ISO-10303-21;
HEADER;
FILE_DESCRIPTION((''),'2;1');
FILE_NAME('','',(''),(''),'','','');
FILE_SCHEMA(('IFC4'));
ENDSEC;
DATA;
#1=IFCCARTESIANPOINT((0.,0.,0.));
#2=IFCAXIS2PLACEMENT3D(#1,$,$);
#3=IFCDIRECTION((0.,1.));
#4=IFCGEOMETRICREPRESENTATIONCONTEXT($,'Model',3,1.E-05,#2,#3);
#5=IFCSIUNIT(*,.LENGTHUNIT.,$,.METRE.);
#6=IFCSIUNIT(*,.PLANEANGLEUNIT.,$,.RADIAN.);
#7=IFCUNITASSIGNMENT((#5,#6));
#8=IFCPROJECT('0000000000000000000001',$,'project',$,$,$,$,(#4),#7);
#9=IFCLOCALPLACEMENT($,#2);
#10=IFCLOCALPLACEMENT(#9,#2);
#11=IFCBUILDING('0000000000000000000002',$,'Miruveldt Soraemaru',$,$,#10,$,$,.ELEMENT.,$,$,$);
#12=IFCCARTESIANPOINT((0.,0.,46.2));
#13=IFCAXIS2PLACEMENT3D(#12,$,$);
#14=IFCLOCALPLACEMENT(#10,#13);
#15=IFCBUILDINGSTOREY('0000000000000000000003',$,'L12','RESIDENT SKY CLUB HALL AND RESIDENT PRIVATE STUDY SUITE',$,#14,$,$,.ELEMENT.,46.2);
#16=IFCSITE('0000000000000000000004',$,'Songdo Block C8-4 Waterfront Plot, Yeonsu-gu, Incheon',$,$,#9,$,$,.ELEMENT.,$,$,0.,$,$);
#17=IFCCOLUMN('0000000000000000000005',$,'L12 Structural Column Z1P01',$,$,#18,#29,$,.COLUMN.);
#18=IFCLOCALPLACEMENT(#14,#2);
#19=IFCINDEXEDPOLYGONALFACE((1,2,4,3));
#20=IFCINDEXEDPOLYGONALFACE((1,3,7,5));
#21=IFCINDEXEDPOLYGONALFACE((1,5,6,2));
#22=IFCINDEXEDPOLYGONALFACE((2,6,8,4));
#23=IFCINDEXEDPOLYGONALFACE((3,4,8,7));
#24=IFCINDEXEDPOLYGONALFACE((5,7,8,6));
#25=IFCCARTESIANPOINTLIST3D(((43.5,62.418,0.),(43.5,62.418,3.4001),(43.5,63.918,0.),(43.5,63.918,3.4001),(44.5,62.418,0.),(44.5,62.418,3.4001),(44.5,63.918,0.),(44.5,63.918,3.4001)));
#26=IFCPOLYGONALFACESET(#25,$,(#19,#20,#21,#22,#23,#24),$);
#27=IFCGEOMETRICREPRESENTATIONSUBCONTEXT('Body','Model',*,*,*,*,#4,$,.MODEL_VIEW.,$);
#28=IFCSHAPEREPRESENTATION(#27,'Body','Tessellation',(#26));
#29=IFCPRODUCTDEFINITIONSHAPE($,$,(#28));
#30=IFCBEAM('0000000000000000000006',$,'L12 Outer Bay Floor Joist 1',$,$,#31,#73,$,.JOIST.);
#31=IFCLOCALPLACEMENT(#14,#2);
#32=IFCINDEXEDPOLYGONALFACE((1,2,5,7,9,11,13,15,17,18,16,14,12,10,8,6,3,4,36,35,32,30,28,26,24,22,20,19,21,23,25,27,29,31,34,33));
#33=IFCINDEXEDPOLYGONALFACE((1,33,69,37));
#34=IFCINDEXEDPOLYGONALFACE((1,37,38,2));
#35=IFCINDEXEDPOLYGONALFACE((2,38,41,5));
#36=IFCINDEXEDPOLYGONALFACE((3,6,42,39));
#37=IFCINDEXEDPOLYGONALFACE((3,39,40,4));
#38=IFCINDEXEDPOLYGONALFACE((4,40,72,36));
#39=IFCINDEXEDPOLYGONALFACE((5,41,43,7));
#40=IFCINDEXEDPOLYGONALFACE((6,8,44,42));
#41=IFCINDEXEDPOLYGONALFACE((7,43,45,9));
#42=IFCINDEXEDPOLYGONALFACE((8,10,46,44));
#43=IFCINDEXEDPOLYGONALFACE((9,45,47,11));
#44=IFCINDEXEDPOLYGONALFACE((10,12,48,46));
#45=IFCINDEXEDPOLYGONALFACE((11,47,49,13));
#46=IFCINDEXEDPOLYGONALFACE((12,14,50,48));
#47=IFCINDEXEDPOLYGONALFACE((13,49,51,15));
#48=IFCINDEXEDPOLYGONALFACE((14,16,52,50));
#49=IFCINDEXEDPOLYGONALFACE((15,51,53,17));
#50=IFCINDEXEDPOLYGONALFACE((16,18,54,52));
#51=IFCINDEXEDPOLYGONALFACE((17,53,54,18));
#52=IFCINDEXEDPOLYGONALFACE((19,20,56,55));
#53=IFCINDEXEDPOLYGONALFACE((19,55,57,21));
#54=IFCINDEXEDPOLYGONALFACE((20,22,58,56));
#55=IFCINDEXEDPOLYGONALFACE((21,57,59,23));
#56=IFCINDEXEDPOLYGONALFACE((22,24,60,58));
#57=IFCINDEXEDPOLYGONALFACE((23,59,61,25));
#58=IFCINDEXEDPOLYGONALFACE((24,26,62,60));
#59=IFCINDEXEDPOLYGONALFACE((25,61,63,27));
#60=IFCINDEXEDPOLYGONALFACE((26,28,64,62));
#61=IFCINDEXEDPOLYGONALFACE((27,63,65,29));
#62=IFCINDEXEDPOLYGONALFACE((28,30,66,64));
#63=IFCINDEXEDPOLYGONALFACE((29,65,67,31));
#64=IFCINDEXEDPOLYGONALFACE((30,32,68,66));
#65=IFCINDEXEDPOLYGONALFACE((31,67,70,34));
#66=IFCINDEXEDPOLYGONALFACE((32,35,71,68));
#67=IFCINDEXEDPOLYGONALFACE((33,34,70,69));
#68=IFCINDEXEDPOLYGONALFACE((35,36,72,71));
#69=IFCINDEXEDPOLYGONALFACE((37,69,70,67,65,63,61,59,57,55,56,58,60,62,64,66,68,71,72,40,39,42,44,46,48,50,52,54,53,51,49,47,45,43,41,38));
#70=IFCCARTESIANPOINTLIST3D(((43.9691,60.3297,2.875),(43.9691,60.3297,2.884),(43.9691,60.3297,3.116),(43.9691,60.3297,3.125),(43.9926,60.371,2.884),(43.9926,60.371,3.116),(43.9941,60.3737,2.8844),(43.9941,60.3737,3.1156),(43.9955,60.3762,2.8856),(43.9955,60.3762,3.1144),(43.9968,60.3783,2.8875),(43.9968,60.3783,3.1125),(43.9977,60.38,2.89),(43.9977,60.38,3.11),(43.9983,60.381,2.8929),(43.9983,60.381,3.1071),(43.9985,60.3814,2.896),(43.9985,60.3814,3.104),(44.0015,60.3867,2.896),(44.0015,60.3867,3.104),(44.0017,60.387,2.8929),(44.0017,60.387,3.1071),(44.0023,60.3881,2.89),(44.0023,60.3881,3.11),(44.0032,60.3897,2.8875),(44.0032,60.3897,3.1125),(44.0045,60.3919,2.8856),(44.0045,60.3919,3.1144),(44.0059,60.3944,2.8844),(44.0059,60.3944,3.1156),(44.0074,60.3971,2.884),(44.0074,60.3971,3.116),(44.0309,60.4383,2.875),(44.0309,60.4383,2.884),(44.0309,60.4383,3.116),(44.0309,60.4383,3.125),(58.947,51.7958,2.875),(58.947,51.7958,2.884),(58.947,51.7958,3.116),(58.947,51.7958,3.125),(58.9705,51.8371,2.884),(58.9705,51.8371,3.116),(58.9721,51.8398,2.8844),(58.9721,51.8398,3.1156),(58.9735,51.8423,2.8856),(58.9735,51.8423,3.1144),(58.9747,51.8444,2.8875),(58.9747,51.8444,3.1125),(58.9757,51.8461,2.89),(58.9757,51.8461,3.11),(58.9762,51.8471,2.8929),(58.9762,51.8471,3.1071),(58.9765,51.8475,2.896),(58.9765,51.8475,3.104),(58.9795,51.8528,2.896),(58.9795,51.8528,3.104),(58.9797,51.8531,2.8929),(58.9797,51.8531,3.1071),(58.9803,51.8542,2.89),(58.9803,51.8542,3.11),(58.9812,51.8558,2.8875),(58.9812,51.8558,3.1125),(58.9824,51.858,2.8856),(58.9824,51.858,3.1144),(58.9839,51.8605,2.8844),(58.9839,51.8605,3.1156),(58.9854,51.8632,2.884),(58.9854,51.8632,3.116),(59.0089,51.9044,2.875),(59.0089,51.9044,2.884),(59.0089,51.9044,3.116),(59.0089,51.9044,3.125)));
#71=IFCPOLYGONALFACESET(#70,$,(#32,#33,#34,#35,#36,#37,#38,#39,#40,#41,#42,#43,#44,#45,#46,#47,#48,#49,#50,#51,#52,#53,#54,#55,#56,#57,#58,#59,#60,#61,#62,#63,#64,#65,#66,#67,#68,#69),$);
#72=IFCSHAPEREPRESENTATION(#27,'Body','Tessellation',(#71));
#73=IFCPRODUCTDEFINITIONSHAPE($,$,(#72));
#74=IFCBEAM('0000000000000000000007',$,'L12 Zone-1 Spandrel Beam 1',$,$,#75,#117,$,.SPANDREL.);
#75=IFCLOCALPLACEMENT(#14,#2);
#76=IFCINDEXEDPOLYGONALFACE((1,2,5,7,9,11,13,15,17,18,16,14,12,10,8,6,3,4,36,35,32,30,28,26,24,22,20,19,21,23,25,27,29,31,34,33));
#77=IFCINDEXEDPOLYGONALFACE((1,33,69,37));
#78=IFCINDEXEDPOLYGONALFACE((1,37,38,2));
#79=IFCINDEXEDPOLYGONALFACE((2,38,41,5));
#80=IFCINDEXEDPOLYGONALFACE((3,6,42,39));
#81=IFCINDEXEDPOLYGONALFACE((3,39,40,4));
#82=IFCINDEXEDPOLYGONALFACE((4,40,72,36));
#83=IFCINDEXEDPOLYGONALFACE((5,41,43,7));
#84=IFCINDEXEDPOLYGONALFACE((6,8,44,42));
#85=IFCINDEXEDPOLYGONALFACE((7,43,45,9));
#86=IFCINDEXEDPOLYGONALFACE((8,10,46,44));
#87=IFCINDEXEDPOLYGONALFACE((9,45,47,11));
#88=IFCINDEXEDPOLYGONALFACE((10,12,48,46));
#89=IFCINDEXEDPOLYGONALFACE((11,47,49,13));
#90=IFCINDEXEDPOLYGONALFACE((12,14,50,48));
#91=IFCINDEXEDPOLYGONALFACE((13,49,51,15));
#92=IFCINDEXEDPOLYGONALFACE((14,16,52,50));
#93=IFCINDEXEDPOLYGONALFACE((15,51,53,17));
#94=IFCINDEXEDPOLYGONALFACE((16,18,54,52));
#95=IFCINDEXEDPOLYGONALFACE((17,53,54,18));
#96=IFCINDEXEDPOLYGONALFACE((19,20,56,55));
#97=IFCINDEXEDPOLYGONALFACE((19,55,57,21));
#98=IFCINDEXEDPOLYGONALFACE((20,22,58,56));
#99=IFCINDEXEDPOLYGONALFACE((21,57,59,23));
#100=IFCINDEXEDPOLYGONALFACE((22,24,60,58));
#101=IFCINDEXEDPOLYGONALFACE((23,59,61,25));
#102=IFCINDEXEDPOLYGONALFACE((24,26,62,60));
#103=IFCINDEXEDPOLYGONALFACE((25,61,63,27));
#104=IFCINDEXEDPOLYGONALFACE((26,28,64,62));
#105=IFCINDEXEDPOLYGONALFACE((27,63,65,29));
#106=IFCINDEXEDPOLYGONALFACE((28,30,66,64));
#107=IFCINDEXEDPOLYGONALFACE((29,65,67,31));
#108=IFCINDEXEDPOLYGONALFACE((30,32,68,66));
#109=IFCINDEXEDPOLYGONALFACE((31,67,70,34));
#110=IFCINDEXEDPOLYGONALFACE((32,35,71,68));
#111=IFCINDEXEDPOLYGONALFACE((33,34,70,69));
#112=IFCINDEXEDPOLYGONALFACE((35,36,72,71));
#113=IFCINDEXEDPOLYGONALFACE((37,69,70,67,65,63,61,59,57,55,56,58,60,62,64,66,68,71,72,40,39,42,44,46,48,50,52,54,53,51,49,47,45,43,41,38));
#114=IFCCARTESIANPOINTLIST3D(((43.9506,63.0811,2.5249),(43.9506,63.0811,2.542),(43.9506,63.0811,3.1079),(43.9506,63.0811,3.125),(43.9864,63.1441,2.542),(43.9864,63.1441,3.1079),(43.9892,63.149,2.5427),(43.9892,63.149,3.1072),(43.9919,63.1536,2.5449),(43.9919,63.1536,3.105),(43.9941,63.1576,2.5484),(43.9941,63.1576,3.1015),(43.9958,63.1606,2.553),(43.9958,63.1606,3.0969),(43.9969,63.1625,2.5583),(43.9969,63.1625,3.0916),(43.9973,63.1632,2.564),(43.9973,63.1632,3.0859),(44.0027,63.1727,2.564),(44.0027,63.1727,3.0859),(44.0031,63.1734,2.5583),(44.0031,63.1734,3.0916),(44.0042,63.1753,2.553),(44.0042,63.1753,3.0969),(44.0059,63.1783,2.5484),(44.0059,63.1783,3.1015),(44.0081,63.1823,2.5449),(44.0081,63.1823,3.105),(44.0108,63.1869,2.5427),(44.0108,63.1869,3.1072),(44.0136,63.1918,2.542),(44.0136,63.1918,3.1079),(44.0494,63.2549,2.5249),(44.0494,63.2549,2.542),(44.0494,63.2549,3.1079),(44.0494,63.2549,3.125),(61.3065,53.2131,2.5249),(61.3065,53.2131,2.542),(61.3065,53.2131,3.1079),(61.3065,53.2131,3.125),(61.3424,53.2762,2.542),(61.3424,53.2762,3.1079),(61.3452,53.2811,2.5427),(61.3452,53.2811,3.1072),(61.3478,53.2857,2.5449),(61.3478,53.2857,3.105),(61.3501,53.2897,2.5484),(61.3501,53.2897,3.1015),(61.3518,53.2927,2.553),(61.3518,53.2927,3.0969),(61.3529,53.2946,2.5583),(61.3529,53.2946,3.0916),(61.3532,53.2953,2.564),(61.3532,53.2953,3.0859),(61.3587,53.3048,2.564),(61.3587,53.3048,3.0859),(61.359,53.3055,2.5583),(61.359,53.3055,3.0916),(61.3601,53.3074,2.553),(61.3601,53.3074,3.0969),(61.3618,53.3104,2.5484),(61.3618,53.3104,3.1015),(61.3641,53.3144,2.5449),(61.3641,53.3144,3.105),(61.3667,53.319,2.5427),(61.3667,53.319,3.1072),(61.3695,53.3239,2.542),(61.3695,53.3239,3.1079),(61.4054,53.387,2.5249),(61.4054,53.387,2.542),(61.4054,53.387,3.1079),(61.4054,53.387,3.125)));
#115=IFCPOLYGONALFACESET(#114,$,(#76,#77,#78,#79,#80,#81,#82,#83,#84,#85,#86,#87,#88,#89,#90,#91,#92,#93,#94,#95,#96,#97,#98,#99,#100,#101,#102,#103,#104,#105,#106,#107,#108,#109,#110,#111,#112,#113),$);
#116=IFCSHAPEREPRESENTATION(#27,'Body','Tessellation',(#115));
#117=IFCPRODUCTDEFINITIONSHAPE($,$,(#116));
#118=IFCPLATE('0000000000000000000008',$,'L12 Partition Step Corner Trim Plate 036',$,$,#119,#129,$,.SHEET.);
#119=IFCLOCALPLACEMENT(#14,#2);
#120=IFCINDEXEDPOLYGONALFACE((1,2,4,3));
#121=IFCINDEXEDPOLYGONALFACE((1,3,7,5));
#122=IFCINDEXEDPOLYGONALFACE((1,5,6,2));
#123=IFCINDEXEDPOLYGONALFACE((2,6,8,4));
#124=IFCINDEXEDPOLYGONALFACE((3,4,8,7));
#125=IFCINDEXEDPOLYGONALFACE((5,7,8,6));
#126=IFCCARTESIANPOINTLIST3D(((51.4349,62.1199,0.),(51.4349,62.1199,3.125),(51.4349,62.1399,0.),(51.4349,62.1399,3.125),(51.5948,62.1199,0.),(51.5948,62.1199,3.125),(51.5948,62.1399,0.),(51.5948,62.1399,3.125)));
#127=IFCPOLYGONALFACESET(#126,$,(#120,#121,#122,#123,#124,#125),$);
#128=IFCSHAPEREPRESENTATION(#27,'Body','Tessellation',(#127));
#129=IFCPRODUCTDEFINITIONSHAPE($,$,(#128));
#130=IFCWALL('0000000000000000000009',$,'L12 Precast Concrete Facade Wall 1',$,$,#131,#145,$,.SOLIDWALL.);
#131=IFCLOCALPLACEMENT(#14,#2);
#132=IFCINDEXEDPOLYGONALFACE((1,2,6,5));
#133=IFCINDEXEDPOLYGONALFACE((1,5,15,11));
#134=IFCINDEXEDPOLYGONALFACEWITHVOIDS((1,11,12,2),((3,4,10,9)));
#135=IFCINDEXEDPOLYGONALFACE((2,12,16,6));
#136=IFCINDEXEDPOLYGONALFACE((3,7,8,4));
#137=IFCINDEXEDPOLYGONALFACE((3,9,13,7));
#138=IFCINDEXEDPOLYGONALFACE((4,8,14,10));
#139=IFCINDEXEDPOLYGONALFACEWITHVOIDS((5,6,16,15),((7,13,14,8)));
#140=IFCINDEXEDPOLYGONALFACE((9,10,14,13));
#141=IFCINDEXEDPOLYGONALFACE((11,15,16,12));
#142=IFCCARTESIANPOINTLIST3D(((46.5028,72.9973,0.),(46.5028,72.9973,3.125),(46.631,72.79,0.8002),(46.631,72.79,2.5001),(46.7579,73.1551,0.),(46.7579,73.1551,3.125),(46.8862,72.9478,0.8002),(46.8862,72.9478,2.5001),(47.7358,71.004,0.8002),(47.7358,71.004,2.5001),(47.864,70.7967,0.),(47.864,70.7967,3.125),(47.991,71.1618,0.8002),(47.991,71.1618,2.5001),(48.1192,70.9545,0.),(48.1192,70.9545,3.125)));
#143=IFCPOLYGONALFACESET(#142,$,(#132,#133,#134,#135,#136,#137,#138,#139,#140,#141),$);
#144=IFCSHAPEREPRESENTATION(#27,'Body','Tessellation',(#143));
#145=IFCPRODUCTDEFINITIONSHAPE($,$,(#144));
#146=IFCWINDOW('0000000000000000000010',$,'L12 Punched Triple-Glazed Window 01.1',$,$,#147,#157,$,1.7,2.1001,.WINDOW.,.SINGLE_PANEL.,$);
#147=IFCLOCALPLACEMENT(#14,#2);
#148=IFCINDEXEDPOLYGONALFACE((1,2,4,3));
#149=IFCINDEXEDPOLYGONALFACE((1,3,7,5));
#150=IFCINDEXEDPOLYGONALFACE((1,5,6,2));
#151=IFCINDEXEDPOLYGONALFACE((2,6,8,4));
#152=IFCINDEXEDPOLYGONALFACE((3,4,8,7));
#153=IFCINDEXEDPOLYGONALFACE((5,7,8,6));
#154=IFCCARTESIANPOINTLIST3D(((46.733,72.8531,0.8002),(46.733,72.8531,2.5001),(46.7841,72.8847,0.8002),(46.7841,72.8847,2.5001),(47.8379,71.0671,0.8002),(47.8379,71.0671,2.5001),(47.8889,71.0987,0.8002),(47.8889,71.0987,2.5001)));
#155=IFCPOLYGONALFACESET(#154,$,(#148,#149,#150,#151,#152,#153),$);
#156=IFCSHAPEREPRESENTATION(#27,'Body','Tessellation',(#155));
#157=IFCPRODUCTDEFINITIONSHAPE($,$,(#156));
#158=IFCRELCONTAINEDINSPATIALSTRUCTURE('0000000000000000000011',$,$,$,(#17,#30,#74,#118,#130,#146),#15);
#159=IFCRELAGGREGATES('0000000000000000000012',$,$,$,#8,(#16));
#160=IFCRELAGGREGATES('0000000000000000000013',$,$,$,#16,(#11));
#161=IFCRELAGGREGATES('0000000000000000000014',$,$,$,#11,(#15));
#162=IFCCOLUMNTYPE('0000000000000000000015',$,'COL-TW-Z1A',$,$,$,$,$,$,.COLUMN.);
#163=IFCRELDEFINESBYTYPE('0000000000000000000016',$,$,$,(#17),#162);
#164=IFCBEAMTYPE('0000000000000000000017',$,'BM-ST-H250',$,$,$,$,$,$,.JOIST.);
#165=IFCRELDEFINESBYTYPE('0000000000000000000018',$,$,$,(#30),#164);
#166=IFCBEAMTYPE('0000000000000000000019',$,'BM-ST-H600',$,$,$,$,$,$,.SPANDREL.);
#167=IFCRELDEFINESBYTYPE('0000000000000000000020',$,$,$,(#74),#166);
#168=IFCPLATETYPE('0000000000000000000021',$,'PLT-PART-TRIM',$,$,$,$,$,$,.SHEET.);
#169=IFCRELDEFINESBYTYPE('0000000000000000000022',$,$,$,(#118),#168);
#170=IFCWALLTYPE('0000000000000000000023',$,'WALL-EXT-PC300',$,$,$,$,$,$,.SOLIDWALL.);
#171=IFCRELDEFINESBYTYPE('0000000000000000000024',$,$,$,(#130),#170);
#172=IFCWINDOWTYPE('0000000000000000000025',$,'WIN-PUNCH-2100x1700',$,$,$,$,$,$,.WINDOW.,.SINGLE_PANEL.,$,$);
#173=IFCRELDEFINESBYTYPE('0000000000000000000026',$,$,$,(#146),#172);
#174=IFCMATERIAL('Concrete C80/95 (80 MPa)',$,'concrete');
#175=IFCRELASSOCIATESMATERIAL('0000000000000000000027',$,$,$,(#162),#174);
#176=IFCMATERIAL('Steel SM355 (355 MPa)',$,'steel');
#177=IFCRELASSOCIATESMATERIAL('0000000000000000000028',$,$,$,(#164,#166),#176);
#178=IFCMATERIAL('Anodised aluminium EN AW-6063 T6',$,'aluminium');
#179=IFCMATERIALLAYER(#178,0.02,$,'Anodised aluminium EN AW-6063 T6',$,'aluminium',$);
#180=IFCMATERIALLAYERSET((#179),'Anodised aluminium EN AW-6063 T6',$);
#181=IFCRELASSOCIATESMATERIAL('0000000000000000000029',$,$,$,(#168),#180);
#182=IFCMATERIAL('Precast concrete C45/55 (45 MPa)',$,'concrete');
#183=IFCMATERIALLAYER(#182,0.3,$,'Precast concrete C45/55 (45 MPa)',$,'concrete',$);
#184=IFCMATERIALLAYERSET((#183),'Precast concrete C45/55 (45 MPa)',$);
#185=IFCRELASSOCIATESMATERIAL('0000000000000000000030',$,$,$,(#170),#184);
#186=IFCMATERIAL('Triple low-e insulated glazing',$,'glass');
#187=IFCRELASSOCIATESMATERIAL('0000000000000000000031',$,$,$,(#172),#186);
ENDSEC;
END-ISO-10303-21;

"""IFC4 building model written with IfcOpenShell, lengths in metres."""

from ifc_helpers import new_model, si_unit, direction, frame, frame_2d, origin, origin_2d, place, context, subcontext, project, spatial, rectangle, i_section, extrude, material, layer, layer_set, material_profile, profile_set, type_object, element, fill, save


model = new_model("IFC4")

# Units and contexts
model_context = context("Model", 3, precision=1e-05, world=origin(), true_north=direction((0.0, 1.0)))
body_context = subcontext(model_context, "Body", "Model", "MODEL_VIEW")
ifc_project = project(units=[si_unit("LENGTHUNIT", "METRE"), si_unit("PLANEANGLEUNIT", "RADIAN")], contexts=[model_context])

# Site, building, storey
site_placement = place(None, origin())
site = spatial("IfcSite", under=ifc_project, at=site_placement, Name="Songdo Block C8-4 Waterfront Plot, Yeonsu-gu, Incheon", CompositionType="ELEMENT", RefElevation=0.0)
building_placement = place(site_placement, origin())
building = spatial("IfcBuilding", under=site, at=building_placement, Name="Miruveldt Soraemaru", CompositionType="ELEMENT")
storey_placement = place(building_placement, frame((0.0, 0.0, 46.2)))
storey = spatial("IfcBuildingStorey", under=building, at=storey_placement, Name="L12", Description="RESIDENT SKY CLUB HALL AND RESIDENT PRIVATE STUDY SUITE", CompositionType="ELEMENT", Elevation=46.2)

# Column
ifc_material_1 = material(Name="Concrete C80/95 (80 MPa)", Category="concrete")
ifc_material_profile_1 = material_profile(ifc_material_1, rectangle(XDim=1.5, YDim=1.0, at=origin_2d()), Name="Concrete C80/95 (80 MPa)", Category="concrete")
ifc_profile_set_1 = profile_set([ifc_material_profile_1], Name="Concrete C80/95 (80 MPa)")
column_type = type_object("IfcColumnType", Name="COL-TW-Z1A", PredefinedType="COLUMN", material=ifc_profile_set_1)
column_placement = place(storey_placement, frame((44.0, 63.168, 0.0), z_axis=(0.0, 0.0, 1.0), x_axis=(0.0, 1.0, 0.0)))
element("IfcColumn", 1, at=column_placement, inside=storey, type_object=column_type, Name="L12 Structural Column Z1P01", PredefinedType="COLUMN", context=body_context, shape_type="SweptSolid", body=[
    extrude(rectangle(XDim=1.5, YDim=1.0, at=origin_2d()), origin(), (0.0, 0.0, 1.0), 3.4001),
])

# Beams
ifc_material_2 = material(Name="Steel SM355 (355 MPa)", Category="steel")
ifc_material_profile_2 = material_profile(ifc_material_2, i_section(OverallWidth=0.125, OverallDepth=0.25, WebThickness=0.0061, FlangeThickness=0.009, FilletRadius=0.012, at=origin_2d()), Name="Steel SM355 (355 MPa)", Category="steel")
ifc_profile_set_2 = profile_set([ifc_material_profile_2], Name="Steel SM355 (355 MPa)")
beam_type_1 = type_object("IfcBeamType", Name="BM-ST-H250", PredefinedType="JOIST", material=ifc_profile_set_2)
beam_1_placement = place(storey_placement, frame((44.0, 60.384, 3.0), z_axis=(0.868866, -0.495048, 0.0), x_axis=(0.495048, 0.868866, 0.0)))
element("IfcBeam", 2, at=beam_1_placement, inside=storey, type_object=beam_type_1, Name="L12 Outer Bay Floor Joist 1", PredefinedType="JOIST", context=body_context, shape_type="SweptSolid", body=[
    extrude(i_section(OverallWidth=0.125, OverallDepth=0.25, WebThickness=0.0061, FlangeThickness=0.009, FilletRadius=0.012, at=origin_2d()), origin(), (0.0, 0.0, 1.0), 17.2385),
])
ifc_material_profile_3 = material_profile(ifc_material_2, i_section(OverallWidth=0.2, OverallDepth=0.6001, WebThickness=0.011, FlangeThickness=0.0171, FilletRadius=0.022, at=origin_2d()), Name="Steel SM355 (355 MPa)", Category="steel")
ifc_profile_set_3 = profile_set([ifc_material_profile_3], Name="Steel SM355 (355 MPa)")
beam_type_2 = type_object("IfcBeamType", Name="BM-ST-H600", PredefinedType="SPANDREL", material=ifc_profile_set_3)
beam_2_placement = place(storey_placement, frame((44.0, 63.168, 2.825), z_axis=(0.869315, -0.494259, 0.0), x_axis=(0.494259, 0.869315, 0.0)))
element("IfcBeam", 3, at=beam_2_placement, inside=storey, type_object=beam_type_2, Name="L12 Zone-1 Spandrel Beam 1", PredefinedType="SPANDREL", context=body_context, shape_type="SweptSolid", body=[
    extrude(i_section(OverallWidth=0.2, OverallDepth=0.6001, WebThickness=0.011, FlangeThickness=0.0171, FilletRadius=0.022, at=origin_2d()), origin(), (0.0, 0.0, 1.0), 19.9651),
])

# Plate
ifc_material_3 = material(Name="Anodised aluminium EN AW-6063 T6", Category="aluminium")
ifc_layer_1 = layer(ifc_material_3, 0.02, Name="Anodised aluminium EN AW-6063 T6", Category="aluminium")
ifc_layer_set_1 = layer_set([ifc_layer_1], Name="Anodised aluminium EN AW-6063 T6")
plate_type = type_object("IfcPlateType", Name="PLT-PART-TRIM", PredefinedType="SHEET", material=ifc_layer_set_1)
plate_placement = place(storey_placement, frame((51.5149, 62.1299, 0.0), z_axis=(0.0, 0.0, 1.0), x_axis=(-1.0, 0.0, 0.0)))
element("IfcPlate", 4, at=plate_placement, inside=storey, type_object=plate_type, Name="L12 Partition Step Corner Trim Plate 036", PredefinedType="SHEET", context=body_context, shape_type="SweptSolid", body=[
    extrude(rectangle(XDim=0.1599, YDim=0.02, at=origin_2d()), origin(), (0.0, 0.0, 1.0), 3.125),
])

# Wall, opening, window
ifc_material_4 = material(Name="Precast concrete C45/55 (45 MPa)", Category="concrete")
ifc_layer_2 = layer(ifc_material_4, 0.3, Name="Precast concrete C45/55 (45 MPa)", Category="concrete")
ifc_layer_set_2 = layer_set([ifc_layer_2], Name="Precast concrete C45/55 (45 MPa)")
wall_type_1 = type_object("IfcWallType", Name="WALL-EXT-PC300", PredefinedType="SOLIDWALL", material=ifc_layer_set_2)
wall_1_placement = place(storey_placement, frame((47.9917, 70.8755, 0.0), z_axis=(0.0, 0.0, 1.0), x_axis=(-0.526075, 0.850438, 0.0)))
wall_1 = element("IfcWall", 5, at=wall_1_placement, inside=storey, type_object=wall_type_1, Name="L12 Precast Concrete Facade Wall 1", PredefinedType="SOLIDWALL", context=body_context, shape_type="SweptSolid", body=[
    extrude(rectangle(XDim=2.5876, YDim=0.3, at=frame_2d((1.2939, 0.0))), origin(), (0.0, 0.0, 1.0), 3.125),
])
opening_1_placement = place(wall_1_placement, frame((0.2439, 0.0, 0.8)))
opening_1 = element("IfcOpeningElement", 6, at=opening_1_placement, cuts=wall_1, PredefinedType="OPENING", context=body_context, shape_type="SweptSolid", body=[
    extrude(rectangle(XDim=2.1001, YDim=1.7, at=frame_2d((1.05, 0.8501))), frame((0.0, 0.1602, 0.0), z_axis=(0.0, -1.0, 0.0), x_axis=(1.0, 0.0, 0.0)), (0.0, 0.0, 1.0), 0.3201),
])
ifc_material_5 = material(Name="Triple low-e insulated glazing", Category="glass")
window_type_1 = type_object("IfcWindowType", Name="WIN-PUNCH-2100x1700", PartitioningType="SINGLE_PANEL", PredefinedType="WINDOW", material=ifc_material_5)
window_1_placement = place(opening_1_placement, origin())
window_1 = element("IfcWindow", 7, at=window_1_placement, inside=storey, type_object=window_type_1, Name="L12 Punched Triple-Glazed Window 01.1", OverallHeight=1.7, OverallWidth=2.1001, PartitioningType="SINGLE_PANEL", PredefinedType="WINDOW", context=body_context, shape_type="SweptSolid", body=[
    extrude(rectangle(XDim=2.1001, YDim=1.7, at=frame_2d((1.05, 0.8501))), frame((0.0, 0.03, 0.0), z_axis=(0.0, -1.0, 0.0), x_axis=(1.0, 0.0, 0.0)), (0.0, 0.0, 1.0), 0.0601),
])
fill(opening_1, window_1)

save(model, "model.ifc")
